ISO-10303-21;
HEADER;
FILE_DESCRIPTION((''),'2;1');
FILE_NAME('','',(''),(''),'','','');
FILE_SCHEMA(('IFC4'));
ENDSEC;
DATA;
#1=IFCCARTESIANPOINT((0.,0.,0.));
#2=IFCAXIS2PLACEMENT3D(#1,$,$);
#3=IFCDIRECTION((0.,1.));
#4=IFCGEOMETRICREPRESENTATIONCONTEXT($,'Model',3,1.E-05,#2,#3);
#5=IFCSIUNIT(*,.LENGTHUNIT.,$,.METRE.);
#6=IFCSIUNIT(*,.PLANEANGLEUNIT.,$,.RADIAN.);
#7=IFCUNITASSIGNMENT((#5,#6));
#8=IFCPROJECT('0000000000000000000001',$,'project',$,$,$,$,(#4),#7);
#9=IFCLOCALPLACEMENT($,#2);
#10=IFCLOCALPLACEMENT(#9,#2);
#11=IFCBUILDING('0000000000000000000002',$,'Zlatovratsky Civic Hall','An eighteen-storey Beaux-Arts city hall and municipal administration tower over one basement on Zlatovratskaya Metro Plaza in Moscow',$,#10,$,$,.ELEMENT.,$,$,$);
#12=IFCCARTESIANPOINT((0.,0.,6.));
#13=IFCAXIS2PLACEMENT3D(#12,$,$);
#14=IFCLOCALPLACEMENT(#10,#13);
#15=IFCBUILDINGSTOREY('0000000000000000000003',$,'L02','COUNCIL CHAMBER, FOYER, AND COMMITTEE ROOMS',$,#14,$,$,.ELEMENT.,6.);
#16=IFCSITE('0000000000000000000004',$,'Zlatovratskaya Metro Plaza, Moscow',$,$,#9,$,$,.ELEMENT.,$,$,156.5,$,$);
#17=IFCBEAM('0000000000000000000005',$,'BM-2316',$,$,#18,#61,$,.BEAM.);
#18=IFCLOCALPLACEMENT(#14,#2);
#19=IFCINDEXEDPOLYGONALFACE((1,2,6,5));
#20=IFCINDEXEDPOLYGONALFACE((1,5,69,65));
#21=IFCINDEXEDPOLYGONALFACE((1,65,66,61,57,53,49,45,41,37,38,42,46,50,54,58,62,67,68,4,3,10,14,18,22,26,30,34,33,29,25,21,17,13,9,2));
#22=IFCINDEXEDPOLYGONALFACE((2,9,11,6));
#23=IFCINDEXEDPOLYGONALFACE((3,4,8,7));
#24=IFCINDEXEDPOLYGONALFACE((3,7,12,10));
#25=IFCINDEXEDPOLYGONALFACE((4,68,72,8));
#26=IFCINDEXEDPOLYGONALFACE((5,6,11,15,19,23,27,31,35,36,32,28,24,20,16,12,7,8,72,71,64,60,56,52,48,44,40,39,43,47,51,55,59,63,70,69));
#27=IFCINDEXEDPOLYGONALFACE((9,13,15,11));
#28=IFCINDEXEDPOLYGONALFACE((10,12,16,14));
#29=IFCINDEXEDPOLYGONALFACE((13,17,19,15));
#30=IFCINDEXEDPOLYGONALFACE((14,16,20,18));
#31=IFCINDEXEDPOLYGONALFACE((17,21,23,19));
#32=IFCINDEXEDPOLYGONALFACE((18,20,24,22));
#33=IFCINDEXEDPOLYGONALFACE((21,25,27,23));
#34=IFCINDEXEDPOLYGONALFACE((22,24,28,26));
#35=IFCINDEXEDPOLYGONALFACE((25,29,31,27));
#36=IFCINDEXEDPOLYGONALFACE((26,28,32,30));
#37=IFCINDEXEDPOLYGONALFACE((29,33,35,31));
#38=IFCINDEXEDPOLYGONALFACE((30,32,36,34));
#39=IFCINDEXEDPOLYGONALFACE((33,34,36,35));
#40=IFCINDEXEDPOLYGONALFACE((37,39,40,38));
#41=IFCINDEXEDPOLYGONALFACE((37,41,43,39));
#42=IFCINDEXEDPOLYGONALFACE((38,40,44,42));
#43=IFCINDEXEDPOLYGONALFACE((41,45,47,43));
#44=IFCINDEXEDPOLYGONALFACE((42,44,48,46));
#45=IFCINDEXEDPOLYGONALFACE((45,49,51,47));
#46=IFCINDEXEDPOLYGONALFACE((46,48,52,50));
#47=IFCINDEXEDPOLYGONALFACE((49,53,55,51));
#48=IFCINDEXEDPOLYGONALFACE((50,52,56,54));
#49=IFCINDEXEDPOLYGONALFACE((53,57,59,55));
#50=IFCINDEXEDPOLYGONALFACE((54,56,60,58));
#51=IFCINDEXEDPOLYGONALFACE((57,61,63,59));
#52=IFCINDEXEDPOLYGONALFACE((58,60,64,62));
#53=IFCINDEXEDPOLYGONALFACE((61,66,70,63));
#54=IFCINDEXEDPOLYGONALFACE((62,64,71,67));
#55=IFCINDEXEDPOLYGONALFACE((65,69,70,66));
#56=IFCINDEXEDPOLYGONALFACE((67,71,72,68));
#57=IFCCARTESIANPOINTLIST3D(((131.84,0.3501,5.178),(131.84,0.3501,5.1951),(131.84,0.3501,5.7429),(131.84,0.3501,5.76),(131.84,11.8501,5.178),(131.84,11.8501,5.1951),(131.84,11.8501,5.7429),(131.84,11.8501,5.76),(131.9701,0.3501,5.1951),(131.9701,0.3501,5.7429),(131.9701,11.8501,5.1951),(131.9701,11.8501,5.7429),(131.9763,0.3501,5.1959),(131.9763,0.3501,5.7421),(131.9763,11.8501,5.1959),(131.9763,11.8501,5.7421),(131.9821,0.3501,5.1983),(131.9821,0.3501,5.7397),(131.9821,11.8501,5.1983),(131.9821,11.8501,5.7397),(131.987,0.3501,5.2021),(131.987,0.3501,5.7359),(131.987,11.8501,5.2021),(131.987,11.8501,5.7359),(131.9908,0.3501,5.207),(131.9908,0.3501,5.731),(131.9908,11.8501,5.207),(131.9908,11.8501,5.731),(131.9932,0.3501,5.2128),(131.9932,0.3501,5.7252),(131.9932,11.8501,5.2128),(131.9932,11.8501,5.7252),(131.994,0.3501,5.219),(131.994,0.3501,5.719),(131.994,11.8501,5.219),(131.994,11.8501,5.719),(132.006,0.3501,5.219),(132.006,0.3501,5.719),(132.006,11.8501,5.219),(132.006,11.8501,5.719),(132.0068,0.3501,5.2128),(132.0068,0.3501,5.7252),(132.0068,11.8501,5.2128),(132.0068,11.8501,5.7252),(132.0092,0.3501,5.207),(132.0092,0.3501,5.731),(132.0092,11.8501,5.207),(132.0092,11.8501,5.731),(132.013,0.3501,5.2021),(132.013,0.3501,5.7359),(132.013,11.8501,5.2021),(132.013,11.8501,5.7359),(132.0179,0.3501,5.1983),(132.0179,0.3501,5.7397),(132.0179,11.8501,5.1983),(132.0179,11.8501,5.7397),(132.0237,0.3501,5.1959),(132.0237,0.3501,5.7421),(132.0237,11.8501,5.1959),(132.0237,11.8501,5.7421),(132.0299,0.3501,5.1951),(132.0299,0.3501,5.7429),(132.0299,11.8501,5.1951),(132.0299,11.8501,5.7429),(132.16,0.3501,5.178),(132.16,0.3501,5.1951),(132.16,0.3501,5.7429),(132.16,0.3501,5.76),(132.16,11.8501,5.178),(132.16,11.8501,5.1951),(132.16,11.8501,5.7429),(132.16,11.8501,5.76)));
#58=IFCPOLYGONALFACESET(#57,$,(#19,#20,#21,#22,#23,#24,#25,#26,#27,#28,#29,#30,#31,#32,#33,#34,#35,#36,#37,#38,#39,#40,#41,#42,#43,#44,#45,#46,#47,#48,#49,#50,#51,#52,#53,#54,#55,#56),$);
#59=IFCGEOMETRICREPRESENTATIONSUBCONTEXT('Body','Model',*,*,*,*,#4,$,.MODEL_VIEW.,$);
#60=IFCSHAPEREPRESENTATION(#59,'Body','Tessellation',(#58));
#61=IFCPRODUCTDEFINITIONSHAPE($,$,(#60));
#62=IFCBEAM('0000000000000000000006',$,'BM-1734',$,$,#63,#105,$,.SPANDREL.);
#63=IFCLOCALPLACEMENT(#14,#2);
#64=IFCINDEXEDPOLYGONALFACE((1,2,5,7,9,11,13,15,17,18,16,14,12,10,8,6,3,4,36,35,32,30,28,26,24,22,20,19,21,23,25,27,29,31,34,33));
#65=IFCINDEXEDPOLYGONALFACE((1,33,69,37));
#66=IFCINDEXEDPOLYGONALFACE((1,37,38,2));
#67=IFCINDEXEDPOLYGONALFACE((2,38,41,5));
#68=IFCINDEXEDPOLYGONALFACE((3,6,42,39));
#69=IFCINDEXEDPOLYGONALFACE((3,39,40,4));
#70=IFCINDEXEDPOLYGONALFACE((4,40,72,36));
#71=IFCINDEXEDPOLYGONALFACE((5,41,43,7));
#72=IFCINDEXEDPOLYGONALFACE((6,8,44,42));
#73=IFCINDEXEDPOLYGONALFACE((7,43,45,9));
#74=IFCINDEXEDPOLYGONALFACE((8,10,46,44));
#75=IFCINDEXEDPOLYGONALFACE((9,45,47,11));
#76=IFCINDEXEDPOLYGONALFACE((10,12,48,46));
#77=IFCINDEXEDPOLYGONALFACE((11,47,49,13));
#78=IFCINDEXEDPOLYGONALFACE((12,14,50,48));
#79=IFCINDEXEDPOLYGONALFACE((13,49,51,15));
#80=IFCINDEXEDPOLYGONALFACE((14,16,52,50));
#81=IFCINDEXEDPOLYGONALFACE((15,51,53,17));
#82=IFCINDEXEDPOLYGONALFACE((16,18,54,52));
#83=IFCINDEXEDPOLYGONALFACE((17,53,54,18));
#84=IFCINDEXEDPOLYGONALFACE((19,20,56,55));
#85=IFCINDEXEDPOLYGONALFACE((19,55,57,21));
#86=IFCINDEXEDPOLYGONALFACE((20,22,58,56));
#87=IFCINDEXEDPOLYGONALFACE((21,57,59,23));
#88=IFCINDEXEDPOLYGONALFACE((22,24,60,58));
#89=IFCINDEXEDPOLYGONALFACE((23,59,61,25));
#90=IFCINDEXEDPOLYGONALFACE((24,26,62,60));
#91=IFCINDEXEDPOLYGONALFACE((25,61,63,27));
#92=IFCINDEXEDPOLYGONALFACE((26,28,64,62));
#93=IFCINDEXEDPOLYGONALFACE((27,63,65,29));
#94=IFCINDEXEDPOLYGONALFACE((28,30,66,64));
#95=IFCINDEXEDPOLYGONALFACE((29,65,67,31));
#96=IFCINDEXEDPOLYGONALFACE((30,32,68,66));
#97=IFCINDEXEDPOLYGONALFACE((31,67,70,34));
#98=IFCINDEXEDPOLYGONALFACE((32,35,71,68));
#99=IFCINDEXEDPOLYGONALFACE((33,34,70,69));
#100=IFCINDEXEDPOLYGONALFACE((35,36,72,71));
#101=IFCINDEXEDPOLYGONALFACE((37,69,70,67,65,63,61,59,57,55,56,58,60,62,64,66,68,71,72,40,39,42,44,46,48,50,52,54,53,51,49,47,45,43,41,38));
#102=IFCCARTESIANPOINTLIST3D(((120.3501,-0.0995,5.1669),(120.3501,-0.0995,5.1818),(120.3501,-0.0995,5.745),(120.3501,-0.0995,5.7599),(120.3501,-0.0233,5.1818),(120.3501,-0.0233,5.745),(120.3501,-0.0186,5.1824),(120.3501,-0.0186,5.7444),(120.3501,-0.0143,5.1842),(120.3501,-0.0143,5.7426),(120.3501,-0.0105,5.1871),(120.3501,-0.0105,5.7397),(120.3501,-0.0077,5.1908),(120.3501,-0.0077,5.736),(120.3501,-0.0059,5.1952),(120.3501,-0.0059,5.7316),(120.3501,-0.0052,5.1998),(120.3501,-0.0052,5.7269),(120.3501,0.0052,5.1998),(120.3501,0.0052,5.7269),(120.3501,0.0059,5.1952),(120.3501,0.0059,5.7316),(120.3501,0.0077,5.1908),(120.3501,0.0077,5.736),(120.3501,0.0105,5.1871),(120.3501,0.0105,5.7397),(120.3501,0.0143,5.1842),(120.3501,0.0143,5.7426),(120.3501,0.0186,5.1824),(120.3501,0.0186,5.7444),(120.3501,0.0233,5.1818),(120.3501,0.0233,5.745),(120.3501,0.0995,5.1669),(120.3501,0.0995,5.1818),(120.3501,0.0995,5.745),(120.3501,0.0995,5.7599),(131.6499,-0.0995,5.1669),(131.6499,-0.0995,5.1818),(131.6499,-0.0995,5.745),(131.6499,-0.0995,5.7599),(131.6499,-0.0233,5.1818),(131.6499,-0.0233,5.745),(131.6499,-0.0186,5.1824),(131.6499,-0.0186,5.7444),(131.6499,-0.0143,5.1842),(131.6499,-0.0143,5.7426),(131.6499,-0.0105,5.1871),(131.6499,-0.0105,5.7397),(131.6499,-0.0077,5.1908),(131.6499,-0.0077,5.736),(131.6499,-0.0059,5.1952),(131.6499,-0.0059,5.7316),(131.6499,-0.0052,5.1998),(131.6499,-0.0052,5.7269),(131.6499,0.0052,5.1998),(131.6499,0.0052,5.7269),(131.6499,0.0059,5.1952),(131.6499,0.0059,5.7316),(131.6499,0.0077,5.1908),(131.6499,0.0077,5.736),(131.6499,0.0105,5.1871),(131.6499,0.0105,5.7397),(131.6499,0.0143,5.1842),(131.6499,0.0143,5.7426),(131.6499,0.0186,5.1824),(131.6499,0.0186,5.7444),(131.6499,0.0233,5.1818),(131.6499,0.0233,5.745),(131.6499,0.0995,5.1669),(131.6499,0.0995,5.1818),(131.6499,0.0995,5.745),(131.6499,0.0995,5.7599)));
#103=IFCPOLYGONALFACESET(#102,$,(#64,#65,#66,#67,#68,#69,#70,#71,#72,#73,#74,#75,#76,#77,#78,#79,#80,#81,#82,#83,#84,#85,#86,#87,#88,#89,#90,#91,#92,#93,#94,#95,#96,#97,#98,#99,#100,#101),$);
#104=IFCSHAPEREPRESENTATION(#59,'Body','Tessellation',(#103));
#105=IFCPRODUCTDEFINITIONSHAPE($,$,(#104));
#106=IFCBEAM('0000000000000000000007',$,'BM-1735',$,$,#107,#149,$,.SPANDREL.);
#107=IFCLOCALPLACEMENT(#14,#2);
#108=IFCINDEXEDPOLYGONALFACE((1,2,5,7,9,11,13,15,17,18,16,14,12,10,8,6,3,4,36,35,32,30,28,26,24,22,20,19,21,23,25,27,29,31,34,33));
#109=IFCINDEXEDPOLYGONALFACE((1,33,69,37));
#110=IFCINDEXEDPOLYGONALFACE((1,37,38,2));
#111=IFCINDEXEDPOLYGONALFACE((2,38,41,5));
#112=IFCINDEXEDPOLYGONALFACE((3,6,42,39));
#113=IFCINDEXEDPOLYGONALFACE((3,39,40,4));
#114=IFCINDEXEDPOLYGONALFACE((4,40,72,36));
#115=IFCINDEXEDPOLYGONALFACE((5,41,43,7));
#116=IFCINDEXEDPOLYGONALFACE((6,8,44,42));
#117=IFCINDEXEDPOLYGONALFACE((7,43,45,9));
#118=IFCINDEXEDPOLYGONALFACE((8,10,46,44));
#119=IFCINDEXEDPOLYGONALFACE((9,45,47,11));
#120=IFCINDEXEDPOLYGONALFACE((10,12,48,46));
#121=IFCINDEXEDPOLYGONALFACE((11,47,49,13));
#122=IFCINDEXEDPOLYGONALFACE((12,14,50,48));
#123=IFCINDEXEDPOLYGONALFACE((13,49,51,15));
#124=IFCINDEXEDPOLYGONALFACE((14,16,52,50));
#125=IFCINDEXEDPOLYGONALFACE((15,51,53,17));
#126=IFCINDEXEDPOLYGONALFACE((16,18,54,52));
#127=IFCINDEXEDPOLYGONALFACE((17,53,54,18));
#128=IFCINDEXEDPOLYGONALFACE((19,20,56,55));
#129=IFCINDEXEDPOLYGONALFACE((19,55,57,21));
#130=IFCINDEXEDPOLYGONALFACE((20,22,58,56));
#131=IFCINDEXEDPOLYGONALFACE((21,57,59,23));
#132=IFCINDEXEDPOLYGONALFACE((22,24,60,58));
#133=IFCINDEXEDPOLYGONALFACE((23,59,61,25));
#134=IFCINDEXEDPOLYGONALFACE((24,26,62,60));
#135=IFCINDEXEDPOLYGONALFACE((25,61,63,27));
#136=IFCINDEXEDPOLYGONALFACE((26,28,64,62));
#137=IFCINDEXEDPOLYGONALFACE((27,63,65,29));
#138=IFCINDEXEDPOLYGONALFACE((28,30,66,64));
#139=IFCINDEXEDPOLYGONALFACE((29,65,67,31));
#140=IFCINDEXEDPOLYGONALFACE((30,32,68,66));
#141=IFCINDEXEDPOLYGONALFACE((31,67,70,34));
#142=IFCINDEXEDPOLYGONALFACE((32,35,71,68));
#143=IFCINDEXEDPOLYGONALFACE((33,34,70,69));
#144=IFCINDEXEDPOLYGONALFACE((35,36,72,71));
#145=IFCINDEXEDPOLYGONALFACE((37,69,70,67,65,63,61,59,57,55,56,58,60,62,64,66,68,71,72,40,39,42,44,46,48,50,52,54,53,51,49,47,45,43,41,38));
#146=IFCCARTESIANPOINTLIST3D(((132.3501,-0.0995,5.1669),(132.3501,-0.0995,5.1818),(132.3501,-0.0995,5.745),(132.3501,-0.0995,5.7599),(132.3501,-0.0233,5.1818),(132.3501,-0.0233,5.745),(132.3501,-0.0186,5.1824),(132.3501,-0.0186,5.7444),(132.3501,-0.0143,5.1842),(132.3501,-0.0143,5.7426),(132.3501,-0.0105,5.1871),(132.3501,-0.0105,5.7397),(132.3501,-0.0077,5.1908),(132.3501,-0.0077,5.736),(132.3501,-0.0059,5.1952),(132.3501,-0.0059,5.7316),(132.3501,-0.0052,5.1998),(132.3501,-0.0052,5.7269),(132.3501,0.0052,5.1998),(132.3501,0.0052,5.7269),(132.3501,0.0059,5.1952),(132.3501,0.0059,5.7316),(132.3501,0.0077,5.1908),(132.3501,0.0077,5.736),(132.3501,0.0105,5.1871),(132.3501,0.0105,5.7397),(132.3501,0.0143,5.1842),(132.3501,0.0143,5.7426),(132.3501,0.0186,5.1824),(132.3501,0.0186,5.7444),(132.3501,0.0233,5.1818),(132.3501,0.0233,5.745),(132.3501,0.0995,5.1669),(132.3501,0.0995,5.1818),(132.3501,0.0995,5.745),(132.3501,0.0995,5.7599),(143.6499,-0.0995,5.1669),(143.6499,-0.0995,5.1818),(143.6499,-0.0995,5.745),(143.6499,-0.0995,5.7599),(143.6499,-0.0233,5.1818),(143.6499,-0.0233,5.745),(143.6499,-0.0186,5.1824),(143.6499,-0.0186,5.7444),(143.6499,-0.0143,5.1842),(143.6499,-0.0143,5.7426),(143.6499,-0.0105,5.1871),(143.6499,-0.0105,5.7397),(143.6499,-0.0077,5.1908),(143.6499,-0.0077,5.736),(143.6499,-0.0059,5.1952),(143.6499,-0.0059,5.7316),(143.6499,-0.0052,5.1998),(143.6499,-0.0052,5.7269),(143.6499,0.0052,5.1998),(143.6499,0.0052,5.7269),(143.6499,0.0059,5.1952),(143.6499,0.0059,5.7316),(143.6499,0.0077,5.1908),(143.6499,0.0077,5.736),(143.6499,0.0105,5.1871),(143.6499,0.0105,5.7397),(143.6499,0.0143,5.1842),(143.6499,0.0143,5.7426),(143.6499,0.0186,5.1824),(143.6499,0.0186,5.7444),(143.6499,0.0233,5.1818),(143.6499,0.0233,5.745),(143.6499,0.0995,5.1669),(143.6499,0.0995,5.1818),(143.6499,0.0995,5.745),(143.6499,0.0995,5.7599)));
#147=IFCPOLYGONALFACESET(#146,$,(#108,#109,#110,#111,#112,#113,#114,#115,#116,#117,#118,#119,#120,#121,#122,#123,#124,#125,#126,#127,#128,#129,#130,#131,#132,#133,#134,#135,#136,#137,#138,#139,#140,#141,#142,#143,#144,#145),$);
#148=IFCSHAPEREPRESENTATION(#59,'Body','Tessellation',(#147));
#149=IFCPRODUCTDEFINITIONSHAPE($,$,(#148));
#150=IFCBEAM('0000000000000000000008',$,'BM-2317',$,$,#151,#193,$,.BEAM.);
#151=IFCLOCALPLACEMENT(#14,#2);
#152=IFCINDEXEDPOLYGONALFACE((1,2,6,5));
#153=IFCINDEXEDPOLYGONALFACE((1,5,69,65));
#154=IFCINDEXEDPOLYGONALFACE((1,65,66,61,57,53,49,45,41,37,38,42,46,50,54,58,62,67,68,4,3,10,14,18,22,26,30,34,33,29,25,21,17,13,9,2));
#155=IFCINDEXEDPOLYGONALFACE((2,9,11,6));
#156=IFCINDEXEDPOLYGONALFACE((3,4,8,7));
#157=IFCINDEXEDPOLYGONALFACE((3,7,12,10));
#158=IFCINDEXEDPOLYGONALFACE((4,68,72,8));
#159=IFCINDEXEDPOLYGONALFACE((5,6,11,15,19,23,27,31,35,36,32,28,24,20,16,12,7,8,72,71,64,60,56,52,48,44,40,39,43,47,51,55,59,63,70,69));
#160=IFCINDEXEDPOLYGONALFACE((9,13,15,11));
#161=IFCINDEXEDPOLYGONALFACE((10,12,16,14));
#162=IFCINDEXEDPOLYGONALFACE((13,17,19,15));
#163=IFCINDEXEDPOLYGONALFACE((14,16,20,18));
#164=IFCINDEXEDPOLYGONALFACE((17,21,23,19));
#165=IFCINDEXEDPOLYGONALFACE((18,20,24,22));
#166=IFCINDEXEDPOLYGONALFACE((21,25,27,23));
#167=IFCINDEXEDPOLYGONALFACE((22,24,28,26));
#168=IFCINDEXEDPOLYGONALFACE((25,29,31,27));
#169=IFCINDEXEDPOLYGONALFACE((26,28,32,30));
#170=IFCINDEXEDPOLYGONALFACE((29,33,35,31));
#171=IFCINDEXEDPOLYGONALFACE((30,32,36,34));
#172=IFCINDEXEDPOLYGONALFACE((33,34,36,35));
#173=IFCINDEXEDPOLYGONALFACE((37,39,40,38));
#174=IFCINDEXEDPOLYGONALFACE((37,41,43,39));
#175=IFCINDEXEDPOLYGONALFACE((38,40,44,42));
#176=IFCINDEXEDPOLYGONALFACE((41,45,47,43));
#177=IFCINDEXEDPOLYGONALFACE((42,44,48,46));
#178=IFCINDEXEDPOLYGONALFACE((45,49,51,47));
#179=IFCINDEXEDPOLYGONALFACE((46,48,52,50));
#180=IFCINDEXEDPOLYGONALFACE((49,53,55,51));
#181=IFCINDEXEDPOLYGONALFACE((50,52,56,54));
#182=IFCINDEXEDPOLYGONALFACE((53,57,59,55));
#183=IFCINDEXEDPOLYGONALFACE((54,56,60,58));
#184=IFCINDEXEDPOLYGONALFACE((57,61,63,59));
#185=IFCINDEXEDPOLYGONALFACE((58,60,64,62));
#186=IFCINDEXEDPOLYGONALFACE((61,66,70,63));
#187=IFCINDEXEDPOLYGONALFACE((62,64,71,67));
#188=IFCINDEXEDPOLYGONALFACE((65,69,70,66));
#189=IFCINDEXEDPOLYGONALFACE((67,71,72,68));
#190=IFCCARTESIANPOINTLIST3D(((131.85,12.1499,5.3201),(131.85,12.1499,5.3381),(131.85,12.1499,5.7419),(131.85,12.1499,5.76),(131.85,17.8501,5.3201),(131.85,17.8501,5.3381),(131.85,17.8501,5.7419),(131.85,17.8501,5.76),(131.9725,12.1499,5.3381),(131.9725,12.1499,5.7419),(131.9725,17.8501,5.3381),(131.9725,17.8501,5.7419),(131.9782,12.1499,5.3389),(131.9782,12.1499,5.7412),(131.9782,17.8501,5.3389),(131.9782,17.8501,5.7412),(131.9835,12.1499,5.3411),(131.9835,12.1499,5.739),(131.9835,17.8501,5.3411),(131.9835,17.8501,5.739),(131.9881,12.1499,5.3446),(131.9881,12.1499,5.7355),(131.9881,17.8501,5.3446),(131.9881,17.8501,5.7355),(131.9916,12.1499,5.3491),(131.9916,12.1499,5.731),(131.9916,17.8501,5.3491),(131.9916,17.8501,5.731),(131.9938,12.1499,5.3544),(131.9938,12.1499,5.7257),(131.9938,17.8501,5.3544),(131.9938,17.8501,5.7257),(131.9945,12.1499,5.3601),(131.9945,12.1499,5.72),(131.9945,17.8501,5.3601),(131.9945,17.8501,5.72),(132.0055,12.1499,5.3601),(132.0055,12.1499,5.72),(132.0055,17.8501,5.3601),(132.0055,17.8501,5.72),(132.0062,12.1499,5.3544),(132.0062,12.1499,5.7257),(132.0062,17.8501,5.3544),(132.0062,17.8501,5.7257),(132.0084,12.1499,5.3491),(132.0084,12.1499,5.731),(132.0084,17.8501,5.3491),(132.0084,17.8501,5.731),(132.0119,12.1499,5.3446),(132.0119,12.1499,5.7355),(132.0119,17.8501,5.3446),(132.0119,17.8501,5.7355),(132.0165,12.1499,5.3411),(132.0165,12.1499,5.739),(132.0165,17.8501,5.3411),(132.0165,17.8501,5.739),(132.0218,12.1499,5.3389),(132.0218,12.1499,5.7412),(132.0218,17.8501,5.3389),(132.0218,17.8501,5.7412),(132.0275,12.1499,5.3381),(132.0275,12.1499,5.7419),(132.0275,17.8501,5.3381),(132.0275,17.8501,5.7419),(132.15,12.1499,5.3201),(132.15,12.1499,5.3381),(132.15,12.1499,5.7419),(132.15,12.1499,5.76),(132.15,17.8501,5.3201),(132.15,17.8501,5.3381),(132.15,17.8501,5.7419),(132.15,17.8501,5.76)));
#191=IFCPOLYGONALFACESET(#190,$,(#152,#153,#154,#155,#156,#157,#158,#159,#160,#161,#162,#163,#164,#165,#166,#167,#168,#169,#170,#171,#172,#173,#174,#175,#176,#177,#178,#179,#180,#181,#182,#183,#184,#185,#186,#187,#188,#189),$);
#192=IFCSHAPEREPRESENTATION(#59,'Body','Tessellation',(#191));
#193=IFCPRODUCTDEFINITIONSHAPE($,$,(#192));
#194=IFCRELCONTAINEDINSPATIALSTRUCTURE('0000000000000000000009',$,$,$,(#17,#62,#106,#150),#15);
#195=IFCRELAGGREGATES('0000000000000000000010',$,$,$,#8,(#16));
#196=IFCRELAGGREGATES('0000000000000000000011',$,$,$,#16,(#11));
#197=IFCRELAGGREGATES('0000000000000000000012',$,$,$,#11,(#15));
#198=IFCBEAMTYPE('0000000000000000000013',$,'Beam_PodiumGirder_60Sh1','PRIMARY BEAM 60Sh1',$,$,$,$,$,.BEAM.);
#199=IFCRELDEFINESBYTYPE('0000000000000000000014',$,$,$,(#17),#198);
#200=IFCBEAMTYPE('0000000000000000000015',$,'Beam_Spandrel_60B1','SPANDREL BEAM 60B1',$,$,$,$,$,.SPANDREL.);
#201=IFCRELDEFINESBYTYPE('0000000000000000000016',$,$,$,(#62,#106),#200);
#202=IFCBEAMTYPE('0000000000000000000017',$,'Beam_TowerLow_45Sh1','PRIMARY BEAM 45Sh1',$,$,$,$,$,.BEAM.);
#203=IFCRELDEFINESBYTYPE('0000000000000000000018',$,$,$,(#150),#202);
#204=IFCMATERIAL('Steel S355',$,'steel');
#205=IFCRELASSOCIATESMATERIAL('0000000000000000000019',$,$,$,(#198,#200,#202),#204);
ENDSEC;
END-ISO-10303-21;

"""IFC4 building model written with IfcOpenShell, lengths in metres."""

from ifc_helpers import new_model, si_unit, direction, frame, origin, origin_2d, place, context, subcontext, project, spatial, i_section, extrude, material, material_profile, profile_set, type_object, element, save


model = new_model("IFC4")

# Units and contexts
model_context = context("Model", 3, precision=1e-05, world=origin(), true_north=direction((0.0, 1.0)))
body_context = subcontext(model_context, "Body", "Model", "MODEL_VIEW")
ifc_project = project(units=[si_unit("LENGTHUNIT", "METRE"), si_unit("PLANEANGLEUNIT", "RADIAN")], contexts=[model_context])

# Site, building, storey
site_placement = place(None, origin())
site = spatial("IfcSite", under=ifc_project, at=site_placement, Name="Zlatovratskaya Metro Plaza, Moscow", CompositionType="ELEMENT", RefElevation=156.5)
building_placement = place(site_placement, origin())
building = spatial("IfcBuilding", under=site, at=building_placement, Name="Zlatovratsky Civic Hall", Description="An eighteen-storey Beaux-Arts city hall and municipal administration tower over one basement on Zlatovratskaya Metro Plaza in Moscow", CompositionType="ELEMENT")
storey_placement = place(building_placement, frame((0.0, 0.0, 6.0)))
storey = spatial("IfcBuildingStorey", under=building, at=storey_placement, Name="L02", Description="COUNCIL CHAMBER, FOYER, AND COMMITTEE ROOMS", CompositionType="ELEMENT", Elevation=6.0)

# Shared definitions
ifc_material_1 = material(Name="Steel S355", Category="steel")

# Beams
ifc_material_profile_1 = material_profile(ifc_material_1, i_section(OverallWidth=0.3201, OverallDepth=0.582, WebThickness=0.012, FlangeThickness=0.0171, FilletRadius=0.0239, at=origin_2d()), Name="60Sh1")
ifc_profile_set_1 = profile_set([ifc_material_profile_1], Name="Steel S355")
beam_type_1 = type_object("IfcBeamType", Name="Beam_PodiumGirder_60Sh1", Description="PRIMARY BEAM 60Sh1", PredefinedType="BEAM", material=ifc_profile_set_1)
beam_1_placement = place(storey_placement, frame((132.0, 0.3501, 5.469), z_axis=(0.0, 1.0, 0.0), x_axis=(-1.0, 0.0, 0.0)))
element("IfcBeam", 1, at=beam_1_placement, inside=storey, type_object=beam_type_1, Name="BM-2316", PredefinedType="BEAM", context=body_context, shape_type="SweptSolid", body=[
    extrude(i_section(OverallWidth=0.3201, OverallDepth=0.582, WebThickness=0.012, FlangeThickness=0.0171, FilletRadius=0.0239, at=origin_2d()), origin(), (0.0, 0.0, 1.0), 11.5),
])
ifc_material_profile_2 = material_profile(ifc_material_1, i_section(OverallWidth=0.199, OverallDepth=0.593, WebThickness=0.0105, FlangeThickness=0.0149, FilletRadius=0.0181, at=origin_2d()), Name="60B1")
ifc_profile_set_2 = profile_set([ifc_material_profile_2], Name="Steel S355")
beam_type_2 = type_object("IfcBeamType", Name="Beam_Spandrel_60B1", Description="SPANDREL BEAM 60B1", PredefinedType="SPANDREL", material=ifc_profile_set_2)
for number, where, z_axis, x_axis, name in (
    (2, (120.3501, 0.0, 5.4634), (1.0, 0.0, 0.0), (0.0, 1.0, 0.0), "BM-1734"),
    (3, (132.3501, 0.0, 5.4634), (1.0, 0.0, 0.0), (0.0, 1.0, 0.0), "BM-1735"),
):
    element("IfcBeam", number, at=place(storey_placement, frame(where, z_axis=z_axis, x_axis=x_axis)), inside=storey, type_object=beam_type_2, Name=name, PredefinedType="SPANDREL", context=body_context, shape_type="SweptSolid", body=[
        extrude(i_section(OverallWidth=0.199, OverallDepth=0.593, WebThickness=0.0105, FlangeThickness=0.0149, FilletRadius=0.0181, at=origin_2d()), origin(), (0.0, 0.0, 1.0), 11.2998),
    ])
ifc_material_profile_3 = material_profile(ifc_material_1, i_section(OverallWidth=0.3, OverallDepth=0.4399, WebThickness=0.011, FlangeThickness=0.0181, FilletRadius=0.022, at=origin_2d()), Name="45Sh1")
ifc_profile_set_3 = profile_set([ifc_material_profile_3], Name="Steel S355")
beam_type_3 = type_object("IfcBeamType", Name="Beam_TowerLow_45Sh1", Description="PRIMARY BEAM 45Sh1", PredefinedType="BEAM", material=ifc_profile_set_3)
beam_2_placement = place(storey_placement, frame((132.0, 12.1499, 5.54), z_axis=(0.0, 1.0, 0.0), x_axis=(-1.0, 0.0, 0.0)))
element("IfcBeam", 4, at=beam_2_placement, inside=storey, type_object=beam_type_3, Name="BM-2317", PredefinedType="BEAM", context=body_context, shape_type="SweptSolid", body=[
    extrude(i_section(OverallWidth=0.3, OverallDepth=0.4399, WebThickness=0.011, FlangeThickness=0.0181, FilletRadius=0.022, at=origin_2d()), origin(), (0.0, 0.0, 1.0), 5.7002),
])

save(model, "model.ifc")
